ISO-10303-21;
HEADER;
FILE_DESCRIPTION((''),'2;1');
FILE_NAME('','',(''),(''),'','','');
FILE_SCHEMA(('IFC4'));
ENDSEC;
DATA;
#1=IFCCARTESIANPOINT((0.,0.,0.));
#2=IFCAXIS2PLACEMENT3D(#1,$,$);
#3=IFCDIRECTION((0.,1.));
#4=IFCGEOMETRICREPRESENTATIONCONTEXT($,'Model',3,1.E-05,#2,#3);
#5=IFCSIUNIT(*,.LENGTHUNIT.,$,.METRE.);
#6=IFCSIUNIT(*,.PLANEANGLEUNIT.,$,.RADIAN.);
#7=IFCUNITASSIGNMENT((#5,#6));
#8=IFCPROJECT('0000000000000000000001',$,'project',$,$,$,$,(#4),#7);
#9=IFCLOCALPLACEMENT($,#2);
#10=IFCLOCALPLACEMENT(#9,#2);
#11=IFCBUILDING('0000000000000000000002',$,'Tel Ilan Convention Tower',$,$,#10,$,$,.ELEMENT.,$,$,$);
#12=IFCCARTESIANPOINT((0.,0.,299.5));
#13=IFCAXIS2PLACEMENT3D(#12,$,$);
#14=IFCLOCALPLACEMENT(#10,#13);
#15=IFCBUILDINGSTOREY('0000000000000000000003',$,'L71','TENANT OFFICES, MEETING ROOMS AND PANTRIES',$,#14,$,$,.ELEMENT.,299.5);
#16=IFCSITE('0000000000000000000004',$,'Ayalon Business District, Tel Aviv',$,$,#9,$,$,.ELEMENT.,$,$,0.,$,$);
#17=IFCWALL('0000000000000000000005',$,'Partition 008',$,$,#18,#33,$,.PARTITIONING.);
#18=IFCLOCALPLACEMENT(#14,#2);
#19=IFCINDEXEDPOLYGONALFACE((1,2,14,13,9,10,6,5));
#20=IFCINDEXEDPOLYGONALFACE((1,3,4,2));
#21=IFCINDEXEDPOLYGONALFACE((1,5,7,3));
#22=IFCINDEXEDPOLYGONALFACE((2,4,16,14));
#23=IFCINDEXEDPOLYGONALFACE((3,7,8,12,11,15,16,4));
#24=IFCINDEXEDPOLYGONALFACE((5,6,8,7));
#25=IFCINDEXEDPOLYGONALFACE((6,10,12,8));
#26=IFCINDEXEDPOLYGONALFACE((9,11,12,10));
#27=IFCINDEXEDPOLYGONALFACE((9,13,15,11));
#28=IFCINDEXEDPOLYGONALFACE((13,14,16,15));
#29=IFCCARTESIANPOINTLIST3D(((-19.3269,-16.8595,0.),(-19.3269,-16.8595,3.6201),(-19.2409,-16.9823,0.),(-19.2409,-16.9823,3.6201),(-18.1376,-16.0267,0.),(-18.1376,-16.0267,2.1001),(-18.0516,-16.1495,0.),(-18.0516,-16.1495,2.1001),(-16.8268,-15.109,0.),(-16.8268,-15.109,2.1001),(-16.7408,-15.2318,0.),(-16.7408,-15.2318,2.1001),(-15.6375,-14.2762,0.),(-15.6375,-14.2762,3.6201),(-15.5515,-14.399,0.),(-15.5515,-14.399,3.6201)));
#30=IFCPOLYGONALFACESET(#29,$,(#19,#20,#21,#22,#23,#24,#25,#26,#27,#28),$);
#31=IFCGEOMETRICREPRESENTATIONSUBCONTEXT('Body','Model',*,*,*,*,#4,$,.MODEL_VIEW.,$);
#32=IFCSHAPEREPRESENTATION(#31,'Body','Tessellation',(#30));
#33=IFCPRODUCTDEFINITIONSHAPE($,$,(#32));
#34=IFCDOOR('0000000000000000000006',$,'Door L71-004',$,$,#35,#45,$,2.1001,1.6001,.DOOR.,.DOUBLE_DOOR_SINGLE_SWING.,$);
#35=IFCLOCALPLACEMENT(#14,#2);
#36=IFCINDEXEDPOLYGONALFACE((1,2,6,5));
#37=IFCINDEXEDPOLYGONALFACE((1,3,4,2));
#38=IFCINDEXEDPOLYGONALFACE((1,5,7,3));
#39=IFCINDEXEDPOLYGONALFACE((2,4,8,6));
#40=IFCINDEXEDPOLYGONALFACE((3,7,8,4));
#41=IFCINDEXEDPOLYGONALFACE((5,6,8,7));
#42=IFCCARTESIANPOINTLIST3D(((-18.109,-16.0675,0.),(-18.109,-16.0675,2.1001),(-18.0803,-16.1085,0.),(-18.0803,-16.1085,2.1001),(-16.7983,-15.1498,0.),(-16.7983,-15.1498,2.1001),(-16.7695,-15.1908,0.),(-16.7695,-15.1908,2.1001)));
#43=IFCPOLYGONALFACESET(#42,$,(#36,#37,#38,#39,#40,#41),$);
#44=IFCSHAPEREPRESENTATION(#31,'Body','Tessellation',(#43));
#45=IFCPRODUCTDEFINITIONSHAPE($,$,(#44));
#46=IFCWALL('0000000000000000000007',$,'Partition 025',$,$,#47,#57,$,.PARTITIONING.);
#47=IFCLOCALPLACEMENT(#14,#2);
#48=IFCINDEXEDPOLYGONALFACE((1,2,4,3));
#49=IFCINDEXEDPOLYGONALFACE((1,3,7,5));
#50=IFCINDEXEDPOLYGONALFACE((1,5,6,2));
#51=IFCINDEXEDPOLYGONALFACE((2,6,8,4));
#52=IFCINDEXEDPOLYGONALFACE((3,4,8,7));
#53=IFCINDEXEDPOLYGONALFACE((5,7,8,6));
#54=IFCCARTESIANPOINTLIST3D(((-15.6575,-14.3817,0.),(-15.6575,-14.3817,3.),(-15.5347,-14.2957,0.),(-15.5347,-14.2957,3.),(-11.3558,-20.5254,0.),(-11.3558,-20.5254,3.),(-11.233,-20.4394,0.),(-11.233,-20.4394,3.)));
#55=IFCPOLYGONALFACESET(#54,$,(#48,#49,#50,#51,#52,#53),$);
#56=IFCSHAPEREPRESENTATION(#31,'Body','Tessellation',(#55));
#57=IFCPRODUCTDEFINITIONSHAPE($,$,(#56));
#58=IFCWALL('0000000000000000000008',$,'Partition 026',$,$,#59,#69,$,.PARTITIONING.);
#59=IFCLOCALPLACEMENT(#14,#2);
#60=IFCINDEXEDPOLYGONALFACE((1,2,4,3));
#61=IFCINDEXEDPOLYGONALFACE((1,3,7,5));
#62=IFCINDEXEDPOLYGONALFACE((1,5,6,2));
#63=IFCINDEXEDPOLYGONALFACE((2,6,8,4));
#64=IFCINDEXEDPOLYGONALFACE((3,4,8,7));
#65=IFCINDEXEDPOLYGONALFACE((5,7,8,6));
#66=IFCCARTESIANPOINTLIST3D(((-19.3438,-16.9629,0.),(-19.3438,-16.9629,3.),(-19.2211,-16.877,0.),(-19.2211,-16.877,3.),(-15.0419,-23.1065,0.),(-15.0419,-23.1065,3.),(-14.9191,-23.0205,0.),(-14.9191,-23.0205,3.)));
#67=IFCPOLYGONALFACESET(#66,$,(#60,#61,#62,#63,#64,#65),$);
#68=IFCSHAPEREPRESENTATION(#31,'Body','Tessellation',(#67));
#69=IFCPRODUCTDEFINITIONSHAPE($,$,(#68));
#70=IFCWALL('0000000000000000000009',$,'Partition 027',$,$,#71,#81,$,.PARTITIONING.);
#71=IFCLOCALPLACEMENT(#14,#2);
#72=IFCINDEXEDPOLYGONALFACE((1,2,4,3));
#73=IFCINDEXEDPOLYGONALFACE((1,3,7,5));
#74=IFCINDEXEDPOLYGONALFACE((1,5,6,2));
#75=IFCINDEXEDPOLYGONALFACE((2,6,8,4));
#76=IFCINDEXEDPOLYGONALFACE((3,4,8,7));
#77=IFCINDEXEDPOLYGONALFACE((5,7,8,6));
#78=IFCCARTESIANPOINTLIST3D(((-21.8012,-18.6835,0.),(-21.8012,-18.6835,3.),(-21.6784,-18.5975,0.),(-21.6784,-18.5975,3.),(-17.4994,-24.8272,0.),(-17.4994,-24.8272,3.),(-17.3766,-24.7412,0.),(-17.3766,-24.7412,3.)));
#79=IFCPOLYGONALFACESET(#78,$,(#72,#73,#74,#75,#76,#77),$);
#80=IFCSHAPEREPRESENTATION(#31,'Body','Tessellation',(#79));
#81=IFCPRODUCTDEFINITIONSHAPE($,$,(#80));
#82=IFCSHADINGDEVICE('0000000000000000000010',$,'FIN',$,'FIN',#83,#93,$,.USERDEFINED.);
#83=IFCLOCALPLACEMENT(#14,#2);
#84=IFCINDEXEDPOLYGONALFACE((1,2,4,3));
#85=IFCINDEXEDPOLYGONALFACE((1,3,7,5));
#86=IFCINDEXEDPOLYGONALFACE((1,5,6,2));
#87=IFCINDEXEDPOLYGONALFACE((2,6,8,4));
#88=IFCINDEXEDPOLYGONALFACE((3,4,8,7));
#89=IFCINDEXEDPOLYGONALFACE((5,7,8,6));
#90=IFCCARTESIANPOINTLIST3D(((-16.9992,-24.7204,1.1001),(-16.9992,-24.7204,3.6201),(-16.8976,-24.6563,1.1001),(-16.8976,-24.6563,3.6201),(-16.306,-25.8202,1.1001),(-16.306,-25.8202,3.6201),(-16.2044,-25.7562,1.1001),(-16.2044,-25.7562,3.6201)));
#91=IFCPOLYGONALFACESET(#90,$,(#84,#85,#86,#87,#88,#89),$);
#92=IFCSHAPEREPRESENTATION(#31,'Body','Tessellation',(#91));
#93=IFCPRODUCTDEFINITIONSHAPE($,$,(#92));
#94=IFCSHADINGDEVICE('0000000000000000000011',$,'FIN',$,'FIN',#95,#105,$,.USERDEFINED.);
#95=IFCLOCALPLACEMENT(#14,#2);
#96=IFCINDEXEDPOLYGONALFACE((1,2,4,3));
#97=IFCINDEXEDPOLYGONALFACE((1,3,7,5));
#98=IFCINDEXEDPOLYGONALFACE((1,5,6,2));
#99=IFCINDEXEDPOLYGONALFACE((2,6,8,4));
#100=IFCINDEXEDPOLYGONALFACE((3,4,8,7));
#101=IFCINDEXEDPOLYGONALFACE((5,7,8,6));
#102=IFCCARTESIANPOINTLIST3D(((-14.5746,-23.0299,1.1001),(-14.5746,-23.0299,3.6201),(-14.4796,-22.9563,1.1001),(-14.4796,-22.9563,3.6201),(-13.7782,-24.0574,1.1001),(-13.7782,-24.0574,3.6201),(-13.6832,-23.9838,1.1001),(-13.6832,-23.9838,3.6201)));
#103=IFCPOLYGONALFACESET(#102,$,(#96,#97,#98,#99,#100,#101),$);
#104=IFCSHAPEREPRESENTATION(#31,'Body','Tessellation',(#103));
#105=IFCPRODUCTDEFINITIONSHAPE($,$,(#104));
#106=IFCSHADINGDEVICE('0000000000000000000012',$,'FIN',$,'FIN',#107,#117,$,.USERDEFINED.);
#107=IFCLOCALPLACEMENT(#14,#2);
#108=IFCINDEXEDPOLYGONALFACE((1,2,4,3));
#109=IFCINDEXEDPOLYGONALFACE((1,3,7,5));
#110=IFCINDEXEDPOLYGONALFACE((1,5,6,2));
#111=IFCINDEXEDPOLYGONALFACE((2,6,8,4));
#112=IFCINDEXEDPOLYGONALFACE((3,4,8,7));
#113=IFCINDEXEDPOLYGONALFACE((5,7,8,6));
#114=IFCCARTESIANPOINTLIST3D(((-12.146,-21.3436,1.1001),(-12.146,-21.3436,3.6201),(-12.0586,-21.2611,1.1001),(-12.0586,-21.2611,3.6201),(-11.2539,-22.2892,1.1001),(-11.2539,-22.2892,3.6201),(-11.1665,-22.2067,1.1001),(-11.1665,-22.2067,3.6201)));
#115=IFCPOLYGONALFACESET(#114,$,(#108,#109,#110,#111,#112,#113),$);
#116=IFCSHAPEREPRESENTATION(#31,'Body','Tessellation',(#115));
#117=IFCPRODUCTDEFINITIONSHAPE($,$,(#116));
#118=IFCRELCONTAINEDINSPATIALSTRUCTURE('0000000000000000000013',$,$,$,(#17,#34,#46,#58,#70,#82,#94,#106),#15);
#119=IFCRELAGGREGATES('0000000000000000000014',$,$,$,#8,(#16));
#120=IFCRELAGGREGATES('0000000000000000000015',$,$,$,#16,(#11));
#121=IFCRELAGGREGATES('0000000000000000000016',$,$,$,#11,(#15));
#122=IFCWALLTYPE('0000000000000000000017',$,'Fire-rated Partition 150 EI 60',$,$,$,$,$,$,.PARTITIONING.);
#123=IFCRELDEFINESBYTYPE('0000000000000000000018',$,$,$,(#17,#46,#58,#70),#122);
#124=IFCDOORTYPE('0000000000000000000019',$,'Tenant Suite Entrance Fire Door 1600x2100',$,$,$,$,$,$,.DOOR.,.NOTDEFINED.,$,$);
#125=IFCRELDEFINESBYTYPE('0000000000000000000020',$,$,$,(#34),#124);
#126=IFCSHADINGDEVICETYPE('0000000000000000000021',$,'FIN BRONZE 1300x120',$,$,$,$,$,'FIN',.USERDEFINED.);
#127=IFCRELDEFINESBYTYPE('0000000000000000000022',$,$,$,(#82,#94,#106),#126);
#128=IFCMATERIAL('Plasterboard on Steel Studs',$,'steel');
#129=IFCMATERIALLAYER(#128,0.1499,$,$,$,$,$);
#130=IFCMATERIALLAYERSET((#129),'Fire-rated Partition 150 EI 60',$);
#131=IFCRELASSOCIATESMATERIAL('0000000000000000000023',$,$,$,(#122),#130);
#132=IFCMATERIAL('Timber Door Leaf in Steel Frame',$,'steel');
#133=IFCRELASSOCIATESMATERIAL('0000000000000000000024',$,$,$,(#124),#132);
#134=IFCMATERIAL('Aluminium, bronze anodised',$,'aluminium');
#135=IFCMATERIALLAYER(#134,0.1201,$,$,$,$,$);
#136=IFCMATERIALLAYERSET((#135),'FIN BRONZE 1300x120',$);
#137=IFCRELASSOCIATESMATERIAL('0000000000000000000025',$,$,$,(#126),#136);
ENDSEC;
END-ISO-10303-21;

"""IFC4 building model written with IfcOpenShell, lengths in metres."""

from ifc_helpers import new_model, si_unit, direction, frame, frame_2d, origin, origin_2d, place, context, subcontext, project, spatial, rectangle, extrude, material, layer, layer_set, type_object, element, fill, save


model = new_model("IFC4")

# Units and contexts
model_context = context("Model", 3, precision=1e-05, world=origin(), true_north=direction((0.0, 1.0)))
body_context = subcontext(model_context, "Body", "Model", "MODEL_VIEW")
ifc_project = project(units=[si_unit("LENGTHUNIT", "METRE"), si_unit("PLANEANGLEUNIT", "RADIAN")], contexts=[model_context])

# Site, building, storey
site_placement = place(None, origin())
site = spatial("IfcSite", under=ifc_project, at=site_placement, Name="Ayalon Business District, Tel Aviv", CompositionType="ELEMENT", RefElevation=0.0)
building_placement = place(site_placement, origin())
building = spatial("IfcBuilding", under=site, at=building_placement, Name="Tel Ilan Convention Tower", CompositionType="ELEMENT")
storey_placement = place(building_placement, frame((0.0, 0.0, 299.5)))
storey = spatial("IfcBuildingStorey", under=building, at=storey_placement, Name="L71", Description="TENANT OFFICES, MEETING ROOMS AND PANTRIES", CompositionType="ELEMENT", Elevation=299.5)

# Wall, opening, door
ifc_material_1 = material(Name="Plasterboard on Steel Studs", Category="steel")
ifc_layer_1 = layer(ifc_material_1, 0.1499)
ifc_layer_set_1 = layer_set([ifc_layer_1], Name="Fire-rated Partition 150 EI 60")
wall_type = type_object("IfcWallType", Name="Fire-rated Partition 150 EI 60", PredefinedType="PARTITIONING", material=ifc_layer_set_1)
wall_placement = place(storey_placement, frame((-15.5945, -14.3376, 0.0), z_axis=(0.0, 0.0, 1.0), x_axis=(-0.819166, -0.573557, 0.0)))
wall = element("IfcWall", 1, at=wall_placement, inside=storey, type_object=wall_type, Name="Partition 008", PredefinedType="PARTITIONING", context=body_context, shape_type="SweptSolid", body=[
    extrude(rectangle(XDim=4.5039, YDim=0.1499, at=frame_2d((2.252, 0.0))), origin(), (0.0, 0.0, 1.0), 3.6201),
])
opening_placement = place(wall_placement, frame((1.4519, 0.0, 0.0)))
opening = element("IfcOpeningElement", 2, at=opening_placement, cuts=wall, PredefinedType="OPENING", context=body_context, shape_type="SweptSolid", body=[
    extrude(rectangle(XDim=1.6001, YDim=2.1001, at=frame_2d((0.8, 1.05))), frame((0.0, 0.085, 0.0), z_axis=(0.0, -1.0, 0.0), x_axis=(1.0, 0.0, 0.0)), (0.0, 0.0, 1.0), 0.1699),
])
ifc_material_2 = material(Name="Timber Door Leaf in Steel Frame", Category="steel")
door_type = type_object("IfcDoorType", Name="Tenant Suite Entrance Fire Door 1600x2100", OperationType="NOTDEFINED", PredefinedType="DOOR", material=ifc_material_2)
door_placement = place(opening_placement, origin())
door = element("IfcDoor", 3, at=door_placement, inside=storey, type_object=door_type, Name="Door L71-004", OperationType="DOUBLE_DOOR_SINGLE_SWING", OverallHeight=2.1001, OverallWidth=1.6001, PredefinedType="DOOR", context=body_context, shape_type="SweptSolid", body=[
    extrude(rectangle(XDim=1.6001, YDim=2.1001, at=frame_2d((0.8, 1.05))), frame((0.0, 0.0249, 0.0), z_axis=(0.0, -1.0, 0.0), x_axis=(1.0, 0.0, 0.0)), (0.0, 0.0, 1.0), 0.05),
])
fill(opening, door)

# Walls
for number, where, z_axis, x_axis, name in (
    (4, (-11.2944, -20.4824, 0.0), (0.0, 0.0, 1.0), (-0.573561, 0.819163, 0.0), "Partition 025"),
    (5, (-14.9805, -23.0635, 0.0), (0.0, 0.0, 1.0), (-0.573598, 0.819137, 0.0), "Partition 026"),
    (6, (-17.438, -24.7842, 0.0), (0.0, 0.0, 1.0), (-0.573576, 0.819152, 0.0), "Partition 027"),
):
    element("IfcWall", number, at=place(storey_placement, frame(where, z_axis=z_axis, x_axis=x_axis)), inside=storey, type_object=wall_type, Name=name, PredefinedType="PARTITIONING", context=body_context, shape_type="SweptSolid", body=[
        extrude(rectangle(XDim=7.5, YDim=0.1499, at=frame_2d((3.75, 0.0))), origin(), (0.0, 0.0, 1.0), 3.0),
    ])

# Shading devices
ifc_material_3 = material(Name="Aluminium, bronze anodised", Category="aluminium")
ifc_layer_2 = layer(ifc_material_3, 0.1201)
ifc_layer_set_2 = layer_set([ifc_layer_2], Name="FIN BRONZE 1300x120")
shading_device_type = type_object("IfcShadingDeviceType", Name="FIN BRONZE 1300x120", ElementType="FIN", PredefinedType="USERDEFINED", material=ifc_layer_set_2)
for number, where, z_axis, x_axis, name in (
    (7, (-16.6018, -25.2383, 1.1001), (0.0, 0.0, 1.0), (0.533204, -0.845986, 0.0), "FIN"),
    (8, (-14.1289, -23.5068, 1.1001), (0.0, 0.0, 1.0), (0.612601, -0.790393, 0.0), "FIN"),
    (9, (-11.6562, -21.7751, 1.1001), (0.0, 0.0, 1.0), (0.686242, -0.727374, 0.0), "FIN"),
):
    element("IfcShadingDevice", number, at=place(storey_placement, frame(where, z_axis=z_axis, x_axis=x_axis)), inside=storey, type_object=shading_device_type, Name=name, ObjectType="FIN", PredefinedType="USERDEFINED", context=body_context, shape_type="SweptSolid", body=[
        extrude(rectangle(XDim=1.3, YDim=0.1201, at=origin_2d()), origin(), (0.0, 0.0, 1.0), 2.52),
    ])

save(model, "model.ifc")
